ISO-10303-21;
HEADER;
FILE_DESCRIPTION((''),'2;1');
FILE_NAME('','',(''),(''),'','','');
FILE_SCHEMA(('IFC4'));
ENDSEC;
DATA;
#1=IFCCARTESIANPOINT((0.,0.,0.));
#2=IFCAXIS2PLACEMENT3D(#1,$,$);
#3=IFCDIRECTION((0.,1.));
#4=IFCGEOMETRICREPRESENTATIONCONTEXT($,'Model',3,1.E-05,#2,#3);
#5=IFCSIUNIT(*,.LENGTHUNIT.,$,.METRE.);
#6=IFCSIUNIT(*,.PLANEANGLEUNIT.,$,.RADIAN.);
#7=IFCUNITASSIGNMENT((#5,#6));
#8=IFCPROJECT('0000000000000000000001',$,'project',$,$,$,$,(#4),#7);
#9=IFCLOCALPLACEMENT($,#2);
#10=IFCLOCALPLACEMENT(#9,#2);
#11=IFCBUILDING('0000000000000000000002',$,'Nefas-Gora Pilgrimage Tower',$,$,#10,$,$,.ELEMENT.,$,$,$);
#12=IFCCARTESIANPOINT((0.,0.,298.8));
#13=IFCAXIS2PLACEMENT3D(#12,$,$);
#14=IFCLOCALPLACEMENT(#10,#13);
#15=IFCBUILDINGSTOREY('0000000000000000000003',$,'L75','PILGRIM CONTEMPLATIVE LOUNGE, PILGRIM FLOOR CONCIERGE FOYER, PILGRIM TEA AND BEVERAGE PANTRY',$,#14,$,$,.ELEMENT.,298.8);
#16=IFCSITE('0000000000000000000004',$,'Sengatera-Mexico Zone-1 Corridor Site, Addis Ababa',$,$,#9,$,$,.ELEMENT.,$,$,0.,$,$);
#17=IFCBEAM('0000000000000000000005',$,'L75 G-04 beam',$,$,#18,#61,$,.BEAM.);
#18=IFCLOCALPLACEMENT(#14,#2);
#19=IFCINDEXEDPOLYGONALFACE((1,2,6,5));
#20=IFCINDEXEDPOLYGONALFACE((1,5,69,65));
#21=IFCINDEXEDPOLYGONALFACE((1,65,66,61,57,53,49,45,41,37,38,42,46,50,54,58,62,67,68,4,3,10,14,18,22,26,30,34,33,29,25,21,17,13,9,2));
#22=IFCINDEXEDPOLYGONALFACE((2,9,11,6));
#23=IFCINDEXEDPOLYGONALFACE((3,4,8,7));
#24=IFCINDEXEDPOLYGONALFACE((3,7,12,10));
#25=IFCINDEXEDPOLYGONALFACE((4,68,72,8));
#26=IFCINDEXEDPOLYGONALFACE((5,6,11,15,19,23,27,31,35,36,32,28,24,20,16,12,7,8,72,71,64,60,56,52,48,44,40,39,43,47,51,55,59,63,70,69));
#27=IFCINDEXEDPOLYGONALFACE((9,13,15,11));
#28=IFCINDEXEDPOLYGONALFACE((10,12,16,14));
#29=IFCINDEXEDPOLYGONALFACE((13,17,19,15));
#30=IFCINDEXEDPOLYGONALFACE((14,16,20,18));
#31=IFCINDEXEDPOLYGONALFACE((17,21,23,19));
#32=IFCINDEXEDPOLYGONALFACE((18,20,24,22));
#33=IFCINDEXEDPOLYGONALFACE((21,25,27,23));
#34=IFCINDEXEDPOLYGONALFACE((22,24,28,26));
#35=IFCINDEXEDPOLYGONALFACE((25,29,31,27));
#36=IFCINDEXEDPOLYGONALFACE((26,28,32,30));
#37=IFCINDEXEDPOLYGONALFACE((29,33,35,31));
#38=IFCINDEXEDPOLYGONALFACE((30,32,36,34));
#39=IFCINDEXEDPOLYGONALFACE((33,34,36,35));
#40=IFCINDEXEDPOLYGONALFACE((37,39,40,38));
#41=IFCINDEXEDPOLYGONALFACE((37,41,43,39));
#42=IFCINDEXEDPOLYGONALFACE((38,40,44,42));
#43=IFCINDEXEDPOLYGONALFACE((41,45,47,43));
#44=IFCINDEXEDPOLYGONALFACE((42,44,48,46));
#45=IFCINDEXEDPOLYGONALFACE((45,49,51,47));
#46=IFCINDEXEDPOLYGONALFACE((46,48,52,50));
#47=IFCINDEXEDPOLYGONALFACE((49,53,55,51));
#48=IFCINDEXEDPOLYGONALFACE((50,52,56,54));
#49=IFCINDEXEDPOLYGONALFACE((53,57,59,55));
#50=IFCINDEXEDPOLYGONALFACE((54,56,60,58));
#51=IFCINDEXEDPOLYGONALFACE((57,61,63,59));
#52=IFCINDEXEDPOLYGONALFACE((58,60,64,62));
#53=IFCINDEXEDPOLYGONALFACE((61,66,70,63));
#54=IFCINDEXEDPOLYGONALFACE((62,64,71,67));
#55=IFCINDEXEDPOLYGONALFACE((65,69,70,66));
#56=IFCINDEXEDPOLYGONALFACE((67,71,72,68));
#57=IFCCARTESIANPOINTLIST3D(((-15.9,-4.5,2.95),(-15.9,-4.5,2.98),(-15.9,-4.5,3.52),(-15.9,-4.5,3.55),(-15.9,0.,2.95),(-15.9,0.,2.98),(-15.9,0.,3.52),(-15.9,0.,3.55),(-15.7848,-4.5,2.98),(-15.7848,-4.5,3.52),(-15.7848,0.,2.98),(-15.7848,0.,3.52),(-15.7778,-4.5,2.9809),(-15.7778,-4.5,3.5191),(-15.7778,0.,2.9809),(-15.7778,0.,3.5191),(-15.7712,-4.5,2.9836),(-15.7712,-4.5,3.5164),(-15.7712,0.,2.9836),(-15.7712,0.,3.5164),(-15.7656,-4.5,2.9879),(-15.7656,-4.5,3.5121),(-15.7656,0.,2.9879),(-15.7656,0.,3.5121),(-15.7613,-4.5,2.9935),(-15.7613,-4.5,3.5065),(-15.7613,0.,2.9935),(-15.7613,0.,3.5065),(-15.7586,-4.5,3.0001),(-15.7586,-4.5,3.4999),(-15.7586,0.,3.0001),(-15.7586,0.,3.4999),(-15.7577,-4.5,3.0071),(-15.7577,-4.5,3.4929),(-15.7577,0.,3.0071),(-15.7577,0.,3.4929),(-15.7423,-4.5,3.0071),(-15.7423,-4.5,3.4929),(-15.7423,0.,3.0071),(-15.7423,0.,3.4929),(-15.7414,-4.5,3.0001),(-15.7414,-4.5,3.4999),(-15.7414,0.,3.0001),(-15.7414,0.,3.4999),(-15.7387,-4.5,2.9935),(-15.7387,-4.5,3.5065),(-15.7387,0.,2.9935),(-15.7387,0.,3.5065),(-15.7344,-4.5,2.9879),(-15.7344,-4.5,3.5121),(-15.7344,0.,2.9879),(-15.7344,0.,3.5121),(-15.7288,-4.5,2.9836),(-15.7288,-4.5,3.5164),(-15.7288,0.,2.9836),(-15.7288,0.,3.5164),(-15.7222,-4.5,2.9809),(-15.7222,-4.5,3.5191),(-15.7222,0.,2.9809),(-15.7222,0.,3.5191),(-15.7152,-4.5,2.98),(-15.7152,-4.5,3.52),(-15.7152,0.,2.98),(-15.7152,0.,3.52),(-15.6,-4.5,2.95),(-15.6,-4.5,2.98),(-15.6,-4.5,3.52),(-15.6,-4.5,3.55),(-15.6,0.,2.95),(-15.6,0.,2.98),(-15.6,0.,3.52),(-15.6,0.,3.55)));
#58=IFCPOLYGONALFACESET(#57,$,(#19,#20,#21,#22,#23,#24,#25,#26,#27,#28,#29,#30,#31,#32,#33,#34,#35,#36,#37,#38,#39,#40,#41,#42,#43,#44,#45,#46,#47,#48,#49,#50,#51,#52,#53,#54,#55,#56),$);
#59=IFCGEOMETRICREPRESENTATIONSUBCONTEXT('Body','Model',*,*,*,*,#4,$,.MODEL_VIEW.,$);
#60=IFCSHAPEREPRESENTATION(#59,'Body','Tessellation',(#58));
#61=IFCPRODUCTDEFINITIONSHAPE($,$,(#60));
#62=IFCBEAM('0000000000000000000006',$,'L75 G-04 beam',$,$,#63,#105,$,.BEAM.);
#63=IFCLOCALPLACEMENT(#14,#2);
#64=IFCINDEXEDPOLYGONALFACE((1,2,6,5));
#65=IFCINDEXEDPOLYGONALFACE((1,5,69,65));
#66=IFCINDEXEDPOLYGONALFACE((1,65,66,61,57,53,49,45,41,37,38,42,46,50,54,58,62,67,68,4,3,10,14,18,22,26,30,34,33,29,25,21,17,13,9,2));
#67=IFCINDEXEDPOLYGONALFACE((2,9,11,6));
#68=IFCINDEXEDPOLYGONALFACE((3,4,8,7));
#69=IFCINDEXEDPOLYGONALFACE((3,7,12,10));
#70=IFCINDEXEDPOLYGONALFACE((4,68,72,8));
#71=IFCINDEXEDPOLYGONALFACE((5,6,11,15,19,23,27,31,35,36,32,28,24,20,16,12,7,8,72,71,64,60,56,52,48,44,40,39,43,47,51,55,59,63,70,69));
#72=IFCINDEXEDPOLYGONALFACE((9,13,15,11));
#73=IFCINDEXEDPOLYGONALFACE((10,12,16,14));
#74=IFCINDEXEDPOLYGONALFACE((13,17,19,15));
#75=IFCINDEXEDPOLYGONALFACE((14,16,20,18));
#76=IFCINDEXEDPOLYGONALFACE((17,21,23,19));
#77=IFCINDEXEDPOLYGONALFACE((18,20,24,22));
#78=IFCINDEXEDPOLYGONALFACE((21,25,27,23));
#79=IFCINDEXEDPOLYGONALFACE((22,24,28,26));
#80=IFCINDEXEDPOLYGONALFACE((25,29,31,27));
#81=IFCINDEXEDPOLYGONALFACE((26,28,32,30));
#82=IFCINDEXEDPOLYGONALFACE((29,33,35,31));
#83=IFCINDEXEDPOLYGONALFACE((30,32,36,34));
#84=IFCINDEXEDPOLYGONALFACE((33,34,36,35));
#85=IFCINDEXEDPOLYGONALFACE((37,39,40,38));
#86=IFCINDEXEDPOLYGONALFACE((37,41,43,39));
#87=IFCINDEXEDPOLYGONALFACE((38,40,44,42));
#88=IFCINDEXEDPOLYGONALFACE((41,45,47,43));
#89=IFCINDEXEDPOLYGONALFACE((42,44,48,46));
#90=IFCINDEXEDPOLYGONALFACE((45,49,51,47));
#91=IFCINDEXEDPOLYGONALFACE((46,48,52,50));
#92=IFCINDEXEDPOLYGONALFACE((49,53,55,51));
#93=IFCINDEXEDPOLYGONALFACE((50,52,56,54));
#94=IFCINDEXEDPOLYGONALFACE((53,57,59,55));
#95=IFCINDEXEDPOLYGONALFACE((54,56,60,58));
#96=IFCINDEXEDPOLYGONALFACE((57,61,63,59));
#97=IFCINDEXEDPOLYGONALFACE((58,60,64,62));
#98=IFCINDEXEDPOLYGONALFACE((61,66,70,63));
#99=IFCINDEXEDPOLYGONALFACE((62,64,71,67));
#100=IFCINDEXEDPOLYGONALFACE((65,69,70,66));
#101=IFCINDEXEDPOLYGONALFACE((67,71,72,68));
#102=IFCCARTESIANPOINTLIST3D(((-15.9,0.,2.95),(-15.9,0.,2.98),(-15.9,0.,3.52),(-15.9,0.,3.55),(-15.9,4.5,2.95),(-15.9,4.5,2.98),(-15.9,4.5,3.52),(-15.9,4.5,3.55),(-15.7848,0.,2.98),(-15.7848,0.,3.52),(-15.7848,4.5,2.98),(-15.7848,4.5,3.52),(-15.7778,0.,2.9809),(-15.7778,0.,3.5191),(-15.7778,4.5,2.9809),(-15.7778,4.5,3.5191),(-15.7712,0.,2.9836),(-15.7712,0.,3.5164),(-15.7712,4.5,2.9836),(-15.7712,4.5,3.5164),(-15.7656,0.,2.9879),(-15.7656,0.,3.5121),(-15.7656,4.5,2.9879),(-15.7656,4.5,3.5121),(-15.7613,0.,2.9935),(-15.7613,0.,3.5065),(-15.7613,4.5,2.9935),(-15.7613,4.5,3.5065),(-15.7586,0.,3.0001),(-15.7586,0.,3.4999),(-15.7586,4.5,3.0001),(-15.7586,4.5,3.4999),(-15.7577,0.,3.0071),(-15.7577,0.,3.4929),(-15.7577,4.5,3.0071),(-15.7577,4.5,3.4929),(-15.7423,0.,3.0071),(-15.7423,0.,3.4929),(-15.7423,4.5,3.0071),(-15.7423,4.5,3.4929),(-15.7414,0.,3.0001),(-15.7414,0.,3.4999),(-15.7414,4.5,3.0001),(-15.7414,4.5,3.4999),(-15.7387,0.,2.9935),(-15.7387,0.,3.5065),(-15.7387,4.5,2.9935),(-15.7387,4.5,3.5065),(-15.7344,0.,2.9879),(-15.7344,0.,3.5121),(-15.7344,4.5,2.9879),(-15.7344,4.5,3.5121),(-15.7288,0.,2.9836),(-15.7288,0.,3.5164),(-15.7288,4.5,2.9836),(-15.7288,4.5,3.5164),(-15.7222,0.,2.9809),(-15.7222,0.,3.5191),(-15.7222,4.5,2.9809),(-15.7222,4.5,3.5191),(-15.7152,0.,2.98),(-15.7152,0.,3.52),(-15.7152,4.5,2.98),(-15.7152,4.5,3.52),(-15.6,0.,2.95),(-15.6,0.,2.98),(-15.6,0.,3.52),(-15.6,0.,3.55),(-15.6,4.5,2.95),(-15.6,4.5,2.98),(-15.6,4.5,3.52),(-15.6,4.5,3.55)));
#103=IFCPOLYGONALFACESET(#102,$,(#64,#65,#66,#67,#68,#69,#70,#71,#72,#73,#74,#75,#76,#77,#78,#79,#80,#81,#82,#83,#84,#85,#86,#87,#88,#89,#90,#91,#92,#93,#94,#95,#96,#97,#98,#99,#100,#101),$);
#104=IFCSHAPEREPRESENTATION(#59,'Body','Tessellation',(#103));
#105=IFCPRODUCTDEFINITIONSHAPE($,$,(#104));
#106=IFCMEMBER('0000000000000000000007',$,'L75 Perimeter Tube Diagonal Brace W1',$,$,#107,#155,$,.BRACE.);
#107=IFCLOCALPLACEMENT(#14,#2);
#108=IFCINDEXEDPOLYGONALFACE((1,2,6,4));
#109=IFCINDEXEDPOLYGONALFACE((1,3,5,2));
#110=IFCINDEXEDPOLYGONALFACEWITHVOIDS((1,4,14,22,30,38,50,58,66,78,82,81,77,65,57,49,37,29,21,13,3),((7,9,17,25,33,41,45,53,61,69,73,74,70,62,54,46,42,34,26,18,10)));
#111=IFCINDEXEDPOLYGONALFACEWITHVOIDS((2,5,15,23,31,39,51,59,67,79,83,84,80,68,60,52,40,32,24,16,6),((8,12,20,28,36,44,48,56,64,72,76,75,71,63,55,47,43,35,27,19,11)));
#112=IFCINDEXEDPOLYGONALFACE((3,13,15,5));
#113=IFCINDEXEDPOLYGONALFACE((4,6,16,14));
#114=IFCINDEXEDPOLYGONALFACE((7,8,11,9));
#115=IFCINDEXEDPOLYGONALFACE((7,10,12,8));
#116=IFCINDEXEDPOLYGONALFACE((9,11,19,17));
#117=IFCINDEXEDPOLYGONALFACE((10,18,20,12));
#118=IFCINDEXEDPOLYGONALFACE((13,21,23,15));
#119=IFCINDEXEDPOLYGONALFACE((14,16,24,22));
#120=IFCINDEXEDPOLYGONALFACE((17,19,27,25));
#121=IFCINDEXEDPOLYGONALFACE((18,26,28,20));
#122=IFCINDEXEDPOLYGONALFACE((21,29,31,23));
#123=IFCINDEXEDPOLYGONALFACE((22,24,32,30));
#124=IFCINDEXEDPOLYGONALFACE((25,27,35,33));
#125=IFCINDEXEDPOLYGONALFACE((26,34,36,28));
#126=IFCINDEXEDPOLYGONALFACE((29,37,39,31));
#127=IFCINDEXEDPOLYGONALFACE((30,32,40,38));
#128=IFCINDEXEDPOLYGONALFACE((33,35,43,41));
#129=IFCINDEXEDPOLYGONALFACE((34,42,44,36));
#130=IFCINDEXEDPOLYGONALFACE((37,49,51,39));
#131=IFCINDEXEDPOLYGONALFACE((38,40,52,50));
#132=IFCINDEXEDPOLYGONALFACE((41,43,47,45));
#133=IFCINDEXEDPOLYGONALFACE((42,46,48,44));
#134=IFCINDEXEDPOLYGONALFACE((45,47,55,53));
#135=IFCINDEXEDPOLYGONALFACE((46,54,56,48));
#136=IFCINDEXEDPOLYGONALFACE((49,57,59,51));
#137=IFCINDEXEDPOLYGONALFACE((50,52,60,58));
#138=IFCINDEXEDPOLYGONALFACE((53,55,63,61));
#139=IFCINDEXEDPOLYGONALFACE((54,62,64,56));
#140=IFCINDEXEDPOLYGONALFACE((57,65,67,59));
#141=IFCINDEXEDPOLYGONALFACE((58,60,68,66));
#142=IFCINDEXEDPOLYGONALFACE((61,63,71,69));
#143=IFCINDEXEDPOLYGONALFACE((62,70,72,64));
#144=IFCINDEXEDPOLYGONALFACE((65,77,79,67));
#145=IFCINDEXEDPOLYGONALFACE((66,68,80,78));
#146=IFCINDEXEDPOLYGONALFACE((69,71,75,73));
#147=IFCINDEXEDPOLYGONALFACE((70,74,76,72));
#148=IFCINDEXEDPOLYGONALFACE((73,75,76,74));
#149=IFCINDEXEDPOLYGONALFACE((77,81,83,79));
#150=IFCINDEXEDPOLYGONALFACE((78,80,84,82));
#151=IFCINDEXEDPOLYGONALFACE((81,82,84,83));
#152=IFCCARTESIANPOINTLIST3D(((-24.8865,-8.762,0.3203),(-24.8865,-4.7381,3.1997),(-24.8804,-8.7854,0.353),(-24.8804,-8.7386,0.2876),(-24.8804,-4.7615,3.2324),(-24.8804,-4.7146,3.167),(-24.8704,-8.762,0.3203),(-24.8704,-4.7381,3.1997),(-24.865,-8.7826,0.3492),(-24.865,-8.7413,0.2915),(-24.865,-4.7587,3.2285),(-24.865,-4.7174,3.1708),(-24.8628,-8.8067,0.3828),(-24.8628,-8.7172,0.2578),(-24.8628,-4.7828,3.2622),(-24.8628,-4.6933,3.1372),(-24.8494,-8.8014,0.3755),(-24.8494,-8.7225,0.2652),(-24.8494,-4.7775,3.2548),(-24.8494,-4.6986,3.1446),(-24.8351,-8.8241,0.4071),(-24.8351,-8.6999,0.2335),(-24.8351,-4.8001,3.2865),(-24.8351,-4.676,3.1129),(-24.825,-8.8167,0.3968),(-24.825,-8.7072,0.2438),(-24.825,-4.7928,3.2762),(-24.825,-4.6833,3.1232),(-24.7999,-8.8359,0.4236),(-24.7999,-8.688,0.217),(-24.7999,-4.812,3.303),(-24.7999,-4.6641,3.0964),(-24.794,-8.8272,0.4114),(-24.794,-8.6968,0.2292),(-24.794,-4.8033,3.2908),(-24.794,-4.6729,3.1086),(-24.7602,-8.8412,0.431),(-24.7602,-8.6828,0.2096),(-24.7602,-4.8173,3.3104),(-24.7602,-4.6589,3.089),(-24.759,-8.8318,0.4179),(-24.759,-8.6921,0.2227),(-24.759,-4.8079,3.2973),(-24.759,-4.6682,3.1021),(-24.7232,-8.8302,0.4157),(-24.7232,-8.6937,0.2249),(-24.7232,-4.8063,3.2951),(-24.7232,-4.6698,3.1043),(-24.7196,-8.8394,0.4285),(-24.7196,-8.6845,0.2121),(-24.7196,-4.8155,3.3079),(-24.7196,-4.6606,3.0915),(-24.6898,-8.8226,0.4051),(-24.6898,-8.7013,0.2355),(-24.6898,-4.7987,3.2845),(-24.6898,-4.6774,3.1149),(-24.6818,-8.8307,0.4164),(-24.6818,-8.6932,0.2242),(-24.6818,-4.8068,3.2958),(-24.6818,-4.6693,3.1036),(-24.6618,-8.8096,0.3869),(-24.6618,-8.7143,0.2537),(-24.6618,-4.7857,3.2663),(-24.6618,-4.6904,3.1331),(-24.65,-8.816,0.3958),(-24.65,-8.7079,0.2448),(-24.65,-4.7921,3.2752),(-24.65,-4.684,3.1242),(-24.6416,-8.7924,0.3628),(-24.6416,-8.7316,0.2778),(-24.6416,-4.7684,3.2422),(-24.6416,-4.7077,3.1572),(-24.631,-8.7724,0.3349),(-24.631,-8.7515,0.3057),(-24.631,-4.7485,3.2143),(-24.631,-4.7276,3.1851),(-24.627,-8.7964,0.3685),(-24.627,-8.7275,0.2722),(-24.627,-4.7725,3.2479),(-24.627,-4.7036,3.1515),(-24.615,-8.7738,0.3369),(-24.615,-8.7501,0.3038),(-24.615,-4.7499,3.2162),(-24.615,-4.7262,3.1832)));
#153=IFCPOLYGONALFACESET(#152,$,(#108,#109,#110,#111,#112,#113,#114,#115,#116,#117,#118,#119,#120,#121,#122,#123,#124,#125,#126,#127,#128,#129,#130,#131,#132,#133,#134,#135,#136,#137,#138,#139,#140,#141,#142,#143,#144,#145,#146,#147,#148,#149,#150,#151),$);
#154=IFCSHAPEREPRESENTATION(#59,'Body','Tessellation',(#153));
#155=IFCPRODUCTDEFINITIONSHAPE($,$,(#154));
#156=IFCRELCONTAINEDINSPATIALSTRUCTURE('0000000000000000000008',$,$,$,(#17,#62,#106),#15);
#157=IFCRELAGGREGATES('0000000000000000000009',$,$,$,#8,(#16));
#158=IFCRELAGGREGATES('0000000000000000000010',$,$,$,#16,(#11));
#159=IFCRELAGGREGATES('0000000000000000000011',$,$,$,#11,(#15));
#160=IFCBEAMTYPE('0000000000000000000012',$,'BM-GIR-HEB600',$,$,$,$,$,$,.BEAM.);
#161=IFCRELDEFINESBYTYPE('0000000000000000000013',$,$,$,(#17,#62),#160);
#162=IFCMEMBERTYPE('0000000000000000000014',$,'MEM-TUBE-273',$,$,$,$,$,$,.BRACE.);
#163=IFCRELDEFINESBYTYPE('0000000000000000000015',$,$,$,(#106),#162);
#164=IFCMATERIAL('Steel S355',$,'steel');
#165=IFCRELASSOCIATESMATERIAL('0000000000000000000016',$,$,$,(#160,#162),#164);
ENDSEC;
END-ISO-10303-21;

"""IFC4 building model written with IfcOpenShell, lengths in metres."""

from ifc_helpers import new_model, si_unit, direction, frame, origin, origin_2d, place, context, subcontext, project, spatial, hollow_circle, i_section, extrude, source, transform, mapped, material, material_profile, profile_set, type_object, element, save


model = new_model("IFC4")

# Units and contexts
model_context = context("Model", 3, precision=1e-05, world=origin(), true_north=direction((0.0, 1.0)))
body_context = subcontext(model_context, "Body", "Model", "MODEL_VIEW")
ifc_project = project(units=[si_unit("LENGTHUNIT", "METRE"), si_unit("PLANEANGLEUNIT", "RADIAN")], contexts=[model_context])

# Site, building, storey
site_placement = place(None, origin())
site = spatial("IfcSite", under=ifc_project, at=site_placement, Name="Sengatera-Mexico Zone-1 Corridor Site, Addis Ababa", CompositionType="ELEMENT", RefElevation=0.0)
building_placement = place(site_placement, origin())
building = spatial("IfcBuilding", under=site, at=building_placement, Name="Nefas-Gora Pilgrimage Tower", CompositionType="ELEMENT")
storey_placement = place(building_placement, frame((0.0, 0.0, 298.8)))
storey = spatial("IfcBuildingStorey", under=building, at=storey_placement, Name="L75", Description="PILGRIM CONTEMPLATIVE LOUNGE, PILGRIM FLOOR CONCIERGE FOYER, PILGRIM TEA AND BEVERAGE PANTRY", CompositionType="ELEMENT", Elevation=298.8)

# Shared definitions
ifc_material_1 = material(Name="Steel S355", Category="steel")

# Beams
ifc_material_profile_1 = material_profile(ifc_material_1, i_section(OverallWidth=0.3, OverallDepth=0.6001, WebThickness=0.0154, FlangeThickness=0.03, FilletRadius=0.0271, at=origin_2d()), Name="HEB 600")
ifc_profile_set_1 = profile_set([ifc_material_profile_1], Name="Steel S355")
beam_type_1 = type_object("IfcBeamType", Name="BM-GIR-HEB600", PredefinedType="BEAM", material=ifc_profile_set_1)
shared_shape_1 = source(origin(), body_context, "Body", "SweptSolid", [
    extrude(i_section(OverallWidth=0.3, OverallDepth=0.6001, WebThickness=0.0154, FlangeThickness=0.03, FilletRadius=0.0271, at=origin_2d()), origin(), (0.0, 0.0, 1.0), 4.5),
])
for number, where, z_axis, x_axis, name in (
    (1, (-15.75, -4.5, 3.25), (0.0, 1.0, 0.0), (-1.0, 0.0, 0.0), "L75 G-04 beam"),
    (2, (-15.75, 0.0, 3.25), (0.0, 1.0, 0.0), (-1.0, 0.0, 0.0), "L75 G-04 beam"),
):
    element("IfcBeam", number, at=place(storey_placement, frame(where, z_axis=z_axis, x_axis=x_axis)), inside=storey, type_object=beam_type_1, Name=name, PredefinedType="BEAM", context=body_context, shape_type="MappedRepresentation", body=[
        mapped(shared_shape_1, transform((0.0, 0.0, 0.0), x_axis=(1.0, 0.0, 0.0), y_axis=(0.0, 1.0, 0.0), z_axis=(0.0, 0.0, 1.0), scale=1.0)),
    ])

# Member
ifc_material_profile_2 = material_profile(ifc_material_1, hollow_circle(Radius=0.1365, WallThickness=0.0161, at=origin_2d()), Name="CHS 273x16")
ifc_profile_set_2 = profile_set([ifc_material_profile_2], Name="Steel S355")
member_type_1 = type_object("IfcMemberType", Name="MEM-TUBE-273", PredefinedType="BRACE", material=ifc_profile_set_2)
shared_shape_2 = source(origin(), body_context, "Body", "SweptSolid", [
    extrude(hollow_circle(Radius=0.1365, WallThickness=0.0161, at=origin_2d()), origin(), (0.0, 0.0, 1.0), 4.948),
])
member_1_placement = place(storey_placement, frame((-24.75, -8.762, 0.3203), z_axis=(0.0, 0.81324, 0.581929), x_axis=(-1.0, 0.0, 0.0)))
element("IfcMember", 3, at=member_1_placement, inside=storey, type_object=member_type_1, Name="L75 Perimeter Tube Diagonal Brace W1", PredefinedType="BRACE", context=body_context, shape_type="MappedRepresentation", body=[
    mapped(shared_shape_2, transform((0.0, 0.0, 0.0), x_axis=(1.0, 0.0, 0.0), y_axis=(0.0, 1.0, 0.0), z_axis=(0.0, 0.0, 1.0), scale=1.0)),
])

save(model, "model.ifc")
